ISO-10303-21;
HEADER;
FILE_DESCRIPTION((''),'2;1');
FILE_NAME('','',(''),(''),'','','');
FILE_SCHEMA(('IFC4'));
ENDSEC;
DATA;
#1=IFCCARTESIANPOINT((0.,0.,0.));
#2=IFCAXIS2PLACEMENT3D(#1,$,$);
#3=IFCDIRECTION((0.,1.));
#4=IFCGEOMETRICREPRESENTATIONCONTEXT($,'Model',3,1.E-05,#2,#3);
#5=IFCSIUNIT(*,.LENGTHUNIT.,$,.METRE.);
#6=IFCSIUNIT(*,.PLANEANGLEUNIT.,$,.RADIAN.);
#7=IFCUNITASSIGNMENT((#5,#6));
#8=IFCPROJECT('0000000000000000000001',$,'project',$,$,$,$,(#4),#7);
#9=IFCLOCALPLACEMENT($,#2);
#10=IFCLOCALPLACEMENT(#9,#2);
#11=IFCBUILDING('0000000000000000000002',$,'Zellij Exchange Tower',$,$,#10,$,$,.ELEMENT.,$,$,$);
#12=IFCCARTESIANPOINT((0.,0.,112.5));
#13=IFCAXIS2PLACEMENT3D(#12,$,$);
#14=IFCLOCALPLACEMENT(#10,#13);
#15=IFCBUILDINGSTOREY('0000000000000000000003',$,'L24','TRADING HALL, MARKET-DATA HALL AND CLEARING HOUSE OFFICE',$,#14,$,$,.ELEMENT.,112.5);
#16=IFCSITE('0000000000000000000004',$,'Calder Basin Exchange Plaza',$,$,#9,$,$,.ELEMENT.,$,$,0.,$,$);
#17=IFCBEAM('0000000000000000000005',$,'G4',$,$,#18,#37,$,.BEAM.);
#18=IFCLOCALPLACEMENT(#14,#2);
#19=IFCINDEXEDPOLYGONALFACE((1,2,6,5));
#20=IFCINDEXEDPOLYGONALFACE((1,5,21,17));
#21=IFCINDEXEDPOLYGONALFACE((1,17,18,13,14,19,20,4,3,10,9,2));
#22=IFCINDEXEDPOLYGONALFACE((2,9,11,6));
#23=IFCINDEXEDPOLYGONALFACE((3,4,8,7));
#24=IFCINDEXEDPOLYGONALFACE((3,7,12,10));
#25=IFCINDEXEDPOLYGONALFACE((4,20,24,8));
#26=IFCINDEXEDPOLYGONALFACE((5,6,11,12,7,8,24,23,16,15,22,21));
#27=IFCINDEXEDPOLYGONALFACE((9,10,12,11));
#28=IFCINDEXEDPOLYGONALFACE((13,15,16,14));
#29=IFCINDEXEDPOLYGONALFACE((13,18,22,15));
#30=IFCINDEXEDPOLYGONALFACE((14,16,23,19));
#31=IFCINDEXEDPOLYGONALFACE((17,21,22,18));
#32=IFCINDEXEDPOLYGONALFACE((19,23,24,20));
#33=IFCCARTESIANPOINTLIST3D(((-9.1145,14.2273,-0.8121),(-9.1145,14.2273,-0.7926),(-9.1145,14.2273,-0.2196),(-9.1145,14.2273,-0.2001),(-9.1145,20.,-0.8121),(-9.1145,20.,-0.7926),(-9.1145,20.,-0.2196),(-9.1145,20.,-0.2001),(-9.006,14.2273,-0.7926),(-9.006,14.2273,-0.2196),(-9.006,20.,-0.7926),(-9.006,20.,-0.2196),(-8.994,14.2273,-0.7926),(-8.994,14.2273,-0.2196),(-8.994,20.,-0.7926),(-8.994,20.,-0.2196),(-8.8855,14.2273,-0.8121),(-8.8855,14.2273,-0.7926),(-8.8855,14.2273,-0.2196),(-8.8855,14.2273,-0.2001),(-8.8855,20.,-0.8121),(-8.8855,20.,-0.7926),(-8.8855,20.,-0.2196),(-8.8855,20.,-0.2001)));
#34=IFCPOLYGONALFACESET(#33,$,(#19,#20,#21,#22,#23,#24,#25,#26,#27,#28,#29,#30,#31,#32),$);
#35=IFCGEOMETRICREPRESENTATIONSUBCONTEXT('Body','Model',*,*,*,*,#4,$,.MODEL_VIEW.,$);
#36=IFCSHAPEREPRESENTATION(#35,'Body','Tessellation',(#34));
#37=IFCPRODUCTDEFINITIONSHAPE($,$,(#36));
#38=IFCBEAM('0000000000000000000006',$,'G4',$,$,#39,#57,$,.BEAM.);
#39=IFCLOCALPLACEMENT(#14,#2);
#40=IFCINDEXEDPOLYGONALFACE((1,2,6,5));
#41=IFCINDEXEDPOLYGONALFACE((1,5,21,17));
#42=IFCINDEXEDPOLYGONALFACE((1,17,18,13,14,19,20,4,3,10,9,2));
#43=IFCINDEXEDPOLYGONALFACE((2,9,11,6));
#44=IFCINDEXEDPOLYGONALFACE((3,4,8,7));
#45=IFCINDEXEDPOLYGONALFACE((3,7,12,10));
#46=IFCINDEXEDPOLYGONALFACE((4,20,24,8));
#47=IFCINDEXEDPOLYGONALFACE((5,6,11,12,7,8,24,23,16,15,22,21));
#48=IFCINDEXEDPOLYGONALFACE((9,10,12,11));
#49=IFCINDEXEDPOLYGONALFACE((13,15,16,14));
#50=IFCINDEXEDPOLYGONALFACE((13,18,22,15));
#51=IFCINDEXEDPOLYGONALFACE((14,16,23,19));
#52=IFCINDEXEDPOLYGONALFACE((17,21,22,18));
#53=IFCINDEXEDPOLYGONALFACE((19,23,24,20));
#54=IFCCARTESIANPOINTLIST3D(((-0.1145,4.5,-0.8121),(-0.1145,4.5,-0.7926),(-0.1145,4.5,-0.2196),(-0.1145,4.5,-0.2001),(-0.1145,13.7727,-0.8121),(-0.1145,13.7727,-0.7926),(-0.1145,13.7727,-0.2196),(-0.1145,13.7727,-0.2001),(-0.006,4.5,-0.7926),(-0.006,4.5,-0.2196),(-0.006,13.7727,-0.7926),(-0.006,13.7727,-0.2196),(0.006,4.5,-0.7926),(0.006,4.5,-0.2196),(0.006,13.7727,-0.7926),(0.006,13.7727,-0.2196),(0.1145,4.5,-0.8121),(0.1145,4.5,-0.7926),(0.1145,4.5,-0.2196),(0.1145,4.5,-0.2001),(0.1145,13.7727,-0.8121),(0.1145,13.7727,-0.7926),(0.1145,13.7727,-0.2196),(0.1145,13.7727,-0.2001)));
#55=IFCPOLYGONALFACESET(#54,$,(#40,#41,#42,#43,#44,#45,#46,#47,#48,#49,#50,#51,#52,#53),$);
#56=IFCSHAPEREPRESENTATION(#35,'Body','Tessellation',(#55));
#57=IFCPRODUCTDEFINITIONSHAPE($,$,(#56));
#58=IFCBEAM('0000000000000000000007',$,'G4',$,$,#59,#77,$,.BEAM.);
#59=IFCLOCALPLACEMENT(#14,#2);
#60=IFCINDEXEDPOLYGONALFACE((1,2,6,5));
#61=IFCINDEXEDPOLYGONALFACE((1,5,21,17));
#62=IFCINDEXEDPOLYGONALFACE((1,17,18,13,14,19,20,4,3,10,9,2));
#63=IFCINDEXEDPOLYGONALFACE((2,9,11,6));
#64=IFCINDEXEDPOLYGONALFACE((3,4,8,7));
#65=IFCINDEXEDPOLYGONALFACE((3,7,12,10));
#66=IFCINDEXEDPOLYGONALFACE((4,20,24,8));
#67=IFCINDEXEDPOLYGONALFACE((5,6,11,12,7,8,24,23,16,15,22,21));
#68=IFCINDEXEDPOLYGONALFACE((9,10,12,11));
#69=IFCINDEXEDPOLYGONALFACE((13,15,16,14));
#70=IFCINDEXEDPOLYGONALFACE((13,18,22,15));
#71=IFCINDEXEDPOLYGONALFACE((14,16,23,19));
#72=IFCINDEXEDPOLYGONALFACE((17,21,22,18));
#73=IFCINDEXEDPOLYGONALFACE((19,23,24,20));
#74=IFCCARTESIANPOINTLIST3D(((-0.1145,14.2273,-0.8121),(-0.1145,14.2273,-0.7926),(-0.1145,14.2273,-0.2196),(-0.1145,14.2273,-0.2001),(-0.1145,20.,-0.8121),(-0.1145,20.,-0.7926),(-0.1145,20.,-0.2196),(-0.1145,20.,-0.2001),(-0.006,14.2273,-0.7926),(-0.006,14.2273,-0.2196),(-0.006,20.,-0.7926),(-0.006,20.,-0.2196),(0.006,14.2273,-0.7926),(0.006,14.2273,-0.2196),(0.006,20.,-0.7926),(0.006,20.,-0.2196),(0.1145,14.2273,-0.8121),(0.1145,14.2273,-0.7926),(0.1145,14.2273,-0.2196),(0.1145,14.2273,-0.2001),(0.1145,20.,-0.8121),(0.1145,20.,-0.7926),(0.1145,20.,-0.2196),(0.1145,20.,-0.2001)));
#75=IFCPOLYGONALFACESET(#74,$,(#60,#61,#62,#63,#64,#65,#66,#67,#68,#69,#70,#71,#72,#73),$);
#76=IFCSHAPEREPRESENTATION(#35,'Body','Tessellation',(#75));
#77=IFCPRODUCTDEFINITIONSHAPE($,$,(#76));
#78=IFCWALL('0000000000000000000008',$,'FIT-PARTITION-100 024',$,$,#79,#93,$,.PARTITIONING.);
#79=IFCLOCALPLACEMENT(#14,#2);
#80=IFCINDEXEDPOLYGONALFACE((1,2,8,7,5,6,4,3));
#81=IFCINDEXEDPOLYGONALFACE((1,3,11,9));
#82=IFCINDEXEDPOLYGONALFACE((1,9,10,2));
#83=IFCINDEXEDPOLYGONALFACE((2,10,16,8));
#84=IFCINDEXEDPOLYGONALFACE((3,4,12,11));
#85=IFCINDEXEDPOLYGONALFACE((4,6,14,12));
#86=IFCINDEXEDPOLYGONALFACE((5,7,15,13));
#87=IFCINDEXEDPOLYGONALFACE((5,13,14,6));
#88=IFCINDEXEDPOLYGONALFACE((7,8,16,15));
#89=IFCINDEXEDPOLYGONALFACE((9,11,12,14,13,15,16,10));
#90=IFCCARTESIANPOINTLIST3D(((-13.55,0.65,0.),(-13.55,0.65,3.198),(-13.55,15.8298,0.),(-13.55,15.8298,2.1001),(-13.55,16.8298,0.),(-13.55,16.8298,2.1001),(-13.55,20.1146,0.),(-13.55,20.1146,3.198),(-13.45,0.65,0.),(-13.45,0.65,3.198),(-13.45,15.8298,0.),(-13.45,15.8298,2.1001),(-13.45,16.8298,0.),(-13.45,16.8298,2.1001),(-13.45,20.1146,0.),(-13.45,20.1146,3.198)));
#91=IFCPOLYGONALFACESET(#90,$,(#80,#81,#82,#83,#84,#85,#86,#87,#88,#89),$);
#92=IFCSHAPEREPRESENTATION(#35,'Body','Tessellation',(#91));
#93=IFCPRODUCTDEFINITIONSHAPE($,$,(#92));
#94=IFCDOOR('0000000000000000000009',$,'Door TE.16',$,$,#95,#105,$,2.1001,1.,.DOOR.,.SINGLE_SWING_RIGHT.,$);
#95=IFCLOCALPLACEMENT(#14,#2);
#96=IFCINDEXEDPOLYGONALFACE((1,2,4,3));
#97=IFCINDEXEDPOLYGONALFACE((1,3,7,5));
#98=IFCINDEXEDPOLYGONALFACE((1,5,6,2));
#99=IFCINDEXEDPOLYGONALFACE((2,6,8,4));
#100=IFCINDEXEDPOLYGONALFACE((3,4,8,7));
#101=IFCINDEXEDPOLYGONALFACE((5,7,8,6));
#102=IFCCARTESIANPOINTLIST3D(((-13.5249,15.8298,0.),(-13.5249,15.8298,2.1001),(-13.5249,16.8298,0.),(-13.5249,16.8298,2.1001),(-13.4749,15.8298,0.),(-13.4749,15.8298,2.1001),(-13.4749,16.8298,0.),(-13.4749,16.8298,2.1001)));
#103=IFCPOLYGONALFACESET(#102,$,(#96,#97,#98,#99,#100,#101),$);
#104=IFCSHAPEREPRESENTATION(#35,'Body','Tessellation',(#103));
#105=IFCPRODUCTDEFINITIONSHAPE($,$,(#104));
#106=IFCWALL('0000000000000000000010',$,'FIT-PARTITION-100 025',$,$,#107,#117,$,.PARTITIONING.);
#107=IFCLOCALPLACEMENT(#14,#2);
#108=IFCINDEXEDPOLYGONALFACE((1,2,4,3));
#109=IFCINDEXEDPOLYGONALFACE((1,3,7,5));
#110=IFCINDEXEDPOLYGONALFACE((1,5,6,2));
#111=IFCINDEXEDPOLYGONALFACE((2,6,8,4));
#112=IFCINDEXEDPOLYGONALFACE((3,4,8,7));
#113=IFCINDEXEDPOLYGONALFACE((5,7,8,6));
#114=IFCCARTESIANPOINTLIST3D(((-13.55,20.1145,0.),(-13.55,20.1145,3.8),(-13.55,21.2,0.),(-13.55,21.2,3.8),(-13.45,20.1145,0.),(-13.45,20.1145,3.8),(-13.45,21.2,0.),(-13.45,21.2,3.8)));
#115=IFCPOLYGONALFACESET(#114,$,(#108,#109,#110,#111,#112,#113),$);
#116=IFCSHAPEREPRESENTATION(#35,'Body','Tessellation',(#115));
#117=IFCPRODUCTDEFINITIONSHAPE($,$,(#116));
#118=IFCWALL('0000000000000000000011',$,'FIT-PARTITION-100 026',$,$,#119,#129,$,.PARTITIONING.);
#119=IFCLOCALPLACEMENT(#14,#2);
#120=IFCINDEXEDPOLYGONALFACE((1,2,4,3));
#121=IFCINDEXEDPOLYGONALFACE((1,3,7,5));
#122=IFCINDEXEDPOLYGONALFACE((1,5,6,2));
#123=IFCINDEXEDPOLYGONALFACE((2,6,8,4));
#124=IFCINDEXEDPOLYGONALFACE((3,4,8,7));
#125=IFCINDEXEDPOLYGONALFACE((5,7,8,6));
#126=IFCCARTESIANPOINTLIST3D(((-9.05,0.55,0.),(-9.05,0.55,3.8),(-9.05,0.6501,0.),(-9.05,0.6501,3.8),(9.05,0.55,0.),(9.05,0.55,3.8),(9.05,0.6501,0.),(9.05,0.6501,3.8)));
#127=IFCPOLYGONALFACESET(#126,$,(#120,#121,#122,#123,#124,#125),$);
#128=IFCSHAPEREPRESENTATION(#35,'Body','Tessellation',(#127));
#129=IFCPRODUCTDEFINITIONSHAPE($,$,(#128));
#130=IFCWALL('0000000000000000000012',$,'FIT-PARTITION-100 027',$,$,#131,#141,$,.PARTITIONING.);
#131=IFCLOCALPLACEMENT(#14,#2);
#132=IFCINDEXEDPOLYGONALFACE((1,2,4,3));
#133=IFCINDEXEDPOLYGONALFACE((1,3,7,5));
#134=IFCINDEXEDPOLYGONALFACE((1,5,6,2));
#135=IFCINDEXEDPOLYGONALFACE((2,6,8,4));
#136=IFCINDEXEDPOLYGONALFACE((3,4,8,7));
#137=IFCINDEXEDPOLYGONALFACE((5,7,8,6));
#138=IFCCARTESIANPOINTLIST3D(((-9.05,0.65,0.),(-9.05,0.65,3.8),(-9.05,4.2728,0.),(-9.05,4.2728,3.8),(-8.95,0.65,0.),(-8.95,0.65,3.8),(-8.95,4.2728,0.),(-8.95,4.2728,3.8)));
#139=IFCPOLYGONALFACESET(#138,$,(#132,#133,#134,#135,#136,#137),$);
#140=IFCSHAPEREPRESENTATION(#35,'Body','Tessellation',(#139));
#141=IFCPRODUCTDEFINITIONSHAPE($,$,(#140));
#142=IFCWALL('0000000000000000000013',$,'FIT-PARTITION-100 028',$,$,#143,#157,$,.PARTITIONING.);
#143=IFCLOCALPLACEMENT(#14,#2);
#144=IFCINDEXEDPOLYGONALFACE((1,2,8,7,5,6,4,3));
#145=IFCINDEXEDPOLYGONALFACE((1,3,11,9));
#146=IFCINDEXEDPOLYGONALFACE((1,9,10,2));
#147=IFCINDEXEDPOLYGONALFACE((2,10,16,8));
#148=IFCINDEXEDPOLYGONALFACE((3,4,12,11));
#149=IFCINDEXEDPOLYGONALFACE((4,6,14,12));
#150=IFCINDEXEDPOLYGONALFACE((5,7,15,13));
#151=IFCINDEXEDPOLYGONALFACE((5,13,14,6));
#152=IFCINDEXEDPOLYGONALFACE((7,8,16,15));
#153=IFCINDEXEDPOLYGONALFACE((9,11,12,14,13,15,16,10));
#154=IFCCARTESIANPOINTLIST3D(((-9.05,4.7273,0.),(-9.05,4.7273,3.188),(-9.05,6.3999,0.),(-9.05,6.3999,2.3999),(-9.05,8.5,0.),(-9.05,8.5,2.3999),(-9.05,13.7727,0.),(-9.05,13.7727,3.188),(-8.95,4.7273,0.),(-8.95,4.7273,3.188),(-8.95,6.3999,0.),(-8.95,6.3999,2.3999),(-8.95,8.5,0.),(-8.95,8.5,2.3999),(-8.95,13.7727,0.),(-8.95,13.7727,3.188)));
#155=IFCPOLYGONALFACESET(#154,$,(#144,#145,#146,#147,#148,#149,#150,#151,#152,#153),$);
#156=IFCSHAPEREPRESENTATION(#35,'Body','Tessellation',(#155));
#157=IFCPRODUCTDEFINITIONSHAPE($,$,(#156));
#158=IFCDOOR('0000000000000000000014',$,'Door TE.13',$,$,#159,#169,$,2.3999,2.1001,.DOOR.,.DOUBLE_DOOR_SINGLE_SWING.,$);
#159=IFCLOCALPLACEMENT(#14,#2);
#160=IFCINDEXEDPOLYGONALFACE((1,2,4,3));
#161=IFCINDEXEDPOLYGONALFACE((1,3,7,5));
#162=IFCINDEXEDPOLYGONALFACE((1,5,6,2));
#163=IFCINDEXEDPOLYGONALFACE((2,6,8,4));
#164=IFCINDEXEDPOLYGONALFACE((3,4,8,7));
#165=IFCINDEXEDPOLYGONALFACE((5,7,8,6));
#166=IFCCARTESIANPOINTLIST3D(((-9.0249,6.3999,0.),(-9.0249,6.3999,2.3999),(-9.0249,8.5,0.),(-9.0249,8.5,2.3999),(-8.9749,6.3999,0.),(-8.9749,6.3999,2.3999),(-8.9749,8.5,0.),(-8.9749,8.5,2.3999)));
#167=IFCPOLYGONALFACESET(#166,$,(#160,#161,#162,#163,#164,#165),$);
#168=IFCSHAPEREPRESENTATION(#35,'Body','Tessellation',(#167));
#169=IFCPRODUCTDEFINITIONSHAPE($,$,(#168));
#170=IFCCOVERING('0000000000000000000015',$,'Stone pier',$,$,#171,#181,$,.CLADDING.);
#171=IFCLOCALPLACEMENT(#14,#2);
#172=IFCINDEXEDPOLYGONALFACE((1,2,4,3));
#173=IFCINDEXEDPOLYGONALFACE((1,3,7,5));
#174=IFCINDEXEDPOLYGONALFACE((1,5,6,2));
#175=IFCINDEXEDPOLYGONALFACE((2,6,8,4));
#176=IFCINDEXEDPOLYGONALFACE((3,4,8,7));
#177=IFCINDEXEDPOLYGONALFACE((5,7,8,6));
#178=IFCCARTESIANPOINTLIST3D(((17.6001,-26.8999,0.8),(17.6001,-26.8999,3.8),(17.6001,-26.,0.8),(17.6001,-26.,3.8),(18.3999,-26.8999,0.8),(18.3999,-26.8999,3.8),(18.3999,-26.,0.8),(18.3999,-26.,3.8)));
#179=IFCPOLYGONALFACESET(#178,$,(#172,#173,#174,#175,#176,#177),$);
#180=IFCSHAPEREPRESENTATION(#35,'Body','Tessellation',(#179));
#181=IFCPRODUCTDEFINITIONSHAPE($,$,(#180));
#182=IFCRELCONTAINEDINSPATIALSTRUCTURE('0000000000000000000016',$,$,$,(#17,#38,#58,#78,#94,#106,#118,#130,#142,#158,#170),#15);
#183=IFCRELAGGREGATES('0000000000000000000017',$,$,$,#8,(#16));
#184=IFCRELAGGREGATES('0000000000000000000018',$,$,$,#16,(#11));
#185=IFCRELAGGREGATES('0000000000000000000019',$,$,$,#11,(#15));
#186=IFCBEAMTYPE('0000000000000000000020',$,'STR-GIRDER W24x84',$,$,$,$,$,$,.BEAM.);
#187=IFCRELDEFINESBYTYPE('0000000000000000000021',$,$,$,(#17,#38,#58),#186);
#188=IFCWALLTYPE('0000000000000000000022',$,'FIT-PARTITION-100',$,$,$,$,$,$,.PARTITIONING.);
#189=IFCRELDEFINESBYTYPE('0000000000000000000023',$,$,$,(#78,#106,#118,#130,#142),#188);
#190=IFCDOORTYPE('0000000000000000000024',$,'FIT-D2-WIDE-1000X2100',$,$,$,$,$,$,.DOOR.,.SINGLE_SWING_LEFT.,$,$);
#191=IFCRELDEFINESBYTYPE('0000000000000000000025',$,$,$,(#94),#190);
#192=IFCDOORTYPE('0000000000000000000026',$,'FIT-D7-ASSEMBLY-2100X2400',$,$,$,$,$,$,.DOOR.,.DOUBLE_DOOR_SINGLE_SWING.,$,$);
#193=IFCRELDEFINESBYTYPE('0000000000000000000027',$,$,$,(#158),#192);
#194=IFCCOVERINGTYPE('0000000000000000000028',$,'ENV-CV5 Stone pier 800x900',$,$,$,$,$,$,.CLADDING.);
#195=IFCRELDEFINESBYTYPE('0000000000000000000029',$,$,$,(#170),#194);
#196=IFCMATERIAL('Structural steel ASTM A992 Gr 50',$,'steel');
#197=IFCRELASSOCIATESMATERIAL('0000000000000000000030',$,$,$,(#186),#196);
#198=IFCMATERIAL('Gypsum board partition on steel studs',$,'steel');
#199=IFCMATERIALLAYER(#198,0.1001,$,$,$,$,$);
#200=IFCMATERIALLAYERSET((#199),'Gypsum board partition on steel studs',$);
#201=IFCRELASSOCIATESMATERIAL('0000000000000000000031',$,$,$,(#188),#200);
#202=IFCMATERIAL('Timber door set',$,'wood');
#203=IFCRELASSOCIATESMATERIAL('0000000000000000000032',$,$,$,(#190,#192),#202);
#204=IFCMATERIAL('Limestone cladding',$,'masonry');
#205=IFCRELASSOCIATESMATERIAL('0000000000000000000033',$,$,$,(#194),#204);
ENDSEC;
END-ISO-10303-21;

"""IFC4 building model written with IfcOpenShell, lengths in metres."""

from ifc_helpers import new_model, si_unit, direction, frame, frame_2d, origin, origin_2d, place, context, subcontext, project, spatial, polyline, rectangle, i_section, outline, extrude, material, layer, layer_set, material_profile, profile_set, type_object, element, fill, save


model = new_model("IFC4")

# Units and contexts
model_context = context("Model", 3, precision=1e-05, world=origin(), true_north=direction((0.0, 1.0)))
body_context = subcontext(model_context, "Body", "Model", "MODEL_VIEW")
ifc_project = project(units=[si_unit("LENGTHUNIT", "METRE"), si_unit("PLANEANGLEUNIT", "RADIAN")], contexts=[model_context])

# Site, building, storey
site_placement = place(None, origin())
site = spatial("IfcSite", under=ifc_project, at=site_placement, Name="Calder Basin Exchange Plaza", CompositionType="ELEMENT", RefElevation=0.0)
building_placement = place(site_placement, origin())
building = spatial("IfcBuilding", under=site, at=building_placement, Name="Zellij Exchange Tower", CompositionType="ELEMENT")
storey_placement = place(building_placement, frame((0.0, 0.0, 112.5)))
storey = spatial("IfcBuildingStorey", under=building, at=storey_placement, Name="L24", Description="TRADING HALL, MARKET-DATA HALL AND CLEARING HOUSE OFFICE", CompositionType="ELEMENT", Elevation=112.5)

# Beams
ifc_material_1 = material(Name="Structural steel ASTM A992 Gr 50", Category="steel")
ifc_material_profile_1 = material_profile(ifc_material_1, i_section(OverallWidth=0.229, OverallDepth=0.6121, WebThickness=0.012, FlangeThickness=0.0195, at=origin_2d()), Name="W24x84")
ifc_profile_set_1 = profile_set([ifc_material_profile_1], Name="Structural steel ASTM A992 Gr 50")
beam_type = type_object("IfcBeamType", Name="STR-GIRDER W24x84", PredefinedType="BEAM", material=ifc_profile_set_1)
beam_1_placement = place(storey_placement, frame((-9.0, 14.2273, -0.5061), z_axis=(0.0, 1.0, 0.0), x_axis=(-1.0, 0.0, 0.0)))
element("IfcBeam", 1, at=beam_1_placement, inside=storey, type_object=beam_type, Name="G4", PredefinedType="BEAM", context=body_context, shape_type="SweptSolid", body=[
    extrude(i_section(OverallWidth=0.229, OverallDepth=0.6121, WebThickness=0.012, FlangeThickness=0.0195, at=origin_2d()), origin(), (0.0, 0.0, 1.0), 5.7727),
])
beam_2_placement = place(storey_placement, frame((0.0, 4.5, -0.5061), z_axis=(0.0, 1.0, 0.0), x_axis=(-1.0, 0.0, 0.0)))
element("IfcBeam", 2, at=beam_2_placement, inside=storey, type_object=beam_type, Name="G4", PredefinedType="BEAM", context=body_context, shape_type="SweptSolid", body=[
    extrude(i_section(OverallWidth=0.229, OverallDepth=0.6121, WebThickness=0.012, FlangeThickness=0.0195, at=origin_2d()), origin(), (0.0, 0.0, 1.0), 9.2727),
])
beam_3_placement = place(storey_placement, frame((0.0, 14.2273, -0.5061), z_axis=(0.0, 1.0, 0.0), x_axis=(-1.0, 0.0, 0.0)))
element("IfcBeam", 3, at=beam_3_placement, inside=storey, type_object=beam_type, Name="G4", PredefinedType="BEAM", context=body_context, shape_type="SweptSolid", body=[
    extrude(i_section(OverallWidth=0.229, OverallDepth=0.6121, WebThickness=0.012, FlangeThickness=0.0195, at=origin_2d()), origin(), (0.0, 0.0, 1.0), 5.7727),
])

# Wall, opening, door
ifc_material_2 = material(Name="Gypsum board partition on steel studs", Category="steel")
ifc_layer = layer(ifc_material_2, 0.1001)
ifc_layer_set = layer_set([ifc_layer], Name="Gypsum board partition on steel studs")
wall_type = type_object("IfcWallType", Name="FIT-PARTITION-100", PredefinedType="PARTITIONING", material=ifc_layer_set)
wall_1_placement = place(storey_placement, frame((-13.5, 0.6499, 0.0), z_axis=(0.0, 0.0, 1.0), x_axis=(0.0, 1.0, 0.0)))
wall_1 = element("IfcWall", 4, at=wall_1_placement, inside=storey, type_object=wall_type, Name="FIT-PARTITION-100 024", PredefinedType="PARTITIONING", context=body_context, shape_type="SweptSolid", body=[
    extrude(rectangle(XDim=19.4646, YDim=0.1001, at=frame_2d((9.7324, 0.0))), origin(), (0.0, 0.0, 1.0), 3.198),
])
opening_1_placement = place(wall_1_placement, frame((15.1799, 0.0, 0.0)))
opening_1 = element("IfcOpeningElement", 5, at=opening_1_placement, cuts=wall_1, PredefinedType="OPENING", context=body_context, shape_type="SweptSolid", body=[
    extrude(rectangle(XDim=1.0, YDim=2.1001, at=frame_2d((0.5, 1.05))), frame((0.0, 0.062, 0.0), z_axis=(0.0, -1.0, 0.0), x_axis=(1.0, 0.0, 0.0)), (0.0, 0.0, 1.0), 0.124),
])
ifc_material_3 = material(Name="Timber door set", Category="wood")
door_type_1 = type_object("IfcDoorType", Name="FIT-D2-WIDE-1000X2100", OperationType="SINGLE_SWING_LEFT", PredefinedType="DOOR", material=ifc_material_3)
door_1_placement = place(opening_1_placement, origin())
door_1 = element("IfcDoor", 6, at=door_1_placement, inside=storey, type_object=door_type_1, Name="Door TE.16", OperationType="SINGLE_SWING_RIGHT", OverallHeight=2.1001, OverallWidth=1.0, PredefinedType="DOOR", context=body_context, shape_type="SweptSolid", body=[
    extrude(rectangle(XDim=1.0, YDim=2.1001, at=frame_2d((0.5, 1.05))), frame((0.0, 0.0249, 0.0), z_axis=(0.0, -1.0, 0.0), x_axis=(1.0, 0.0, 0.0)), (0.0, 0.0, 1.0), 0.05),
])
fill(opening_1, door_1)

# Walls
wall_2_placement = place(storey_placement, frame((-13.5, 20.1145, 0.0), z_axis=(0.0, 0.0, 1.0), x_axis=(0.0, 1.0, 0.0)))
element("IfcWall", 7, at=wall_2_placement, inside=storey, type_object=wall_type, Name="FIT-PARTITION-100 025", PredefinedType="PARTITIONING", context=body_context, shape_type="SweptSolid", body=[
    extrude(rectangle(XDim=1.0854, YDim=0.1001, at=frame_2d((0.5427, 0.0))), origin(), (0.0, 0.0, 1.0), 3.8),
])
wall_3_placement = place(storey_placement, frame((-9.05, 0.6001, 0.0), z_axis=(0.0, 0.0, 1.0), x_axis=(1.0, 0.0, 0.0)))
element("IfcWall", 8, at=wall_3_placement, inside=storey, type_object=wall_type, Name="FIT-PARTITION-100 026", PredefinedType="PARTITIONING", context=body_context, shape_type="SweptSolid", body=[
    extrude(rectangle(XDim=18.1001, YDim=0.1001, at=frame_2d((9.05, 0.0))), origin(), (0.0, 0.0, 1.0), 3.8),
])
wall_4_placement = place(storey_placement, frame((-9.0, 0.6499, 0.0), z_axis=(0.0, 0.0, 1.0), x_axis=(0.0, 1.0, 0.0)))
element("IfcWall", 9, at=wall_4_placement, inside=storey, type_object=wall_type, Name="FIT-PARTITION-100 027", PredefinedType="PARTITIONING", context=body_context, shape_type="SweptSolid", body=[
    extrude(rectangle(XDim=3.6228, YDim=0.1001, at=frame_2d((1.8115, 0.0))), origin(), (0.0, 0.0, 1.0), 3.8),
])

# Wall, opening, door
wall_5_placement = place(storey_placement, frame((-9.0, 4.7273, 0.0), z_axis=(0.0, 0.0, 1.0), x_axis=(0.0, 1.0, 0.0)))
wall_5 = element("IfcWall", 10, at=wall_5_placement, inside=storey, type_object=wall_type, Name="FIT-PARTITION-100 028", PredefinedType="PARTITIONING", context=body_context, shape_type="SweptSolid", body=[
    extrude(rectangle(XDim=9.0454, YDim=0.1001, at=frame_2d((4.5227, 0.0))), origin(), (0.0, 0.0, 1.0), 3.188),
])
opening_2_placement = place(wall_5_placement, frame((1.6726, 0.0, 0.0)))
opening_2 = element("IfcOpeningElement", 11, at=opening_2_placement, cuts=wall_5, PredefinedType="OPENING", context=body_context, shape_type="SweptSolid", body=[
    extrude(rectangle(XDim=2.1001, YDim=2.3999, at=frame_2d((1.05, 1.2))), frame((0.0, 0.062, 0.0), z_axis=(0.0, -1.0, 0.0), x_axis=(1.0, 0.0, 0.0)), (0.0, 0.0, 1.0), 0.124),
])
door_type_2 = type_object("IfcDoorType", Name="FIT-D7-ASSEMBLY-2100X2400", OperationType="DOUBLE_DOOR_SINGLE_SWING", PredefinedType="DOOR", material=ifc_material_3)
door_2_placement = place(opening_2_placement, origin())
door_2 = element("IfcDoor", 12, at=door_2_placement, inside=storey, type_object=door_type_2, Name="Door TE.13", OperationType="DOUBLE_DOOR_SINGLE_SWING", OverallHeight=2.3999, OverallWidth=2.1001, PredefinedType="DOOR", context=body_context, shape_type="SweptSolid", body=[
    extrude(rectangle(XDim=2.1001, YDim=2.3999, at=frame_2d((1.05, 1.2))), frame((0.0, 0.0249, 0.0), z_axis=(0.0, -1.0, 0.0), x_axis=(1.0, 0.0, 0.0)), (0.0, 0.0, 1.0), 0.05),
])
fill(opening_2, door_2)

# Covering
ifc_material_4 = material(Name="Limestone cladding", Category="masonry")
covering_type_1 = type_object("IfcCoveringType", Name="ENV-CV5 Stone pier 800x900", PredefinedType="CLADDING", material=ifc_material_4)
covering_1_placement = place(storey_placement, frame((0.0, 0.0, 0.8)))
element("IfcCovering", 13, at=covering_1_placement, inside=storey, type_object=covering_type_1, Name="Stone pier", PredefinedType="CLADDING", context=body_context, shape_type="SweptSolid", body=[
    extrude(outline(polyline([(17.6001, -26.0), (18.3999, -26.0), (18.3999, -26.8999), (17.6001, -26.8999), (17.6001, -26.0)])), origin(), (0.0, 0.0, 1.0), 3.0),
])

save(model, "model.ifc")
